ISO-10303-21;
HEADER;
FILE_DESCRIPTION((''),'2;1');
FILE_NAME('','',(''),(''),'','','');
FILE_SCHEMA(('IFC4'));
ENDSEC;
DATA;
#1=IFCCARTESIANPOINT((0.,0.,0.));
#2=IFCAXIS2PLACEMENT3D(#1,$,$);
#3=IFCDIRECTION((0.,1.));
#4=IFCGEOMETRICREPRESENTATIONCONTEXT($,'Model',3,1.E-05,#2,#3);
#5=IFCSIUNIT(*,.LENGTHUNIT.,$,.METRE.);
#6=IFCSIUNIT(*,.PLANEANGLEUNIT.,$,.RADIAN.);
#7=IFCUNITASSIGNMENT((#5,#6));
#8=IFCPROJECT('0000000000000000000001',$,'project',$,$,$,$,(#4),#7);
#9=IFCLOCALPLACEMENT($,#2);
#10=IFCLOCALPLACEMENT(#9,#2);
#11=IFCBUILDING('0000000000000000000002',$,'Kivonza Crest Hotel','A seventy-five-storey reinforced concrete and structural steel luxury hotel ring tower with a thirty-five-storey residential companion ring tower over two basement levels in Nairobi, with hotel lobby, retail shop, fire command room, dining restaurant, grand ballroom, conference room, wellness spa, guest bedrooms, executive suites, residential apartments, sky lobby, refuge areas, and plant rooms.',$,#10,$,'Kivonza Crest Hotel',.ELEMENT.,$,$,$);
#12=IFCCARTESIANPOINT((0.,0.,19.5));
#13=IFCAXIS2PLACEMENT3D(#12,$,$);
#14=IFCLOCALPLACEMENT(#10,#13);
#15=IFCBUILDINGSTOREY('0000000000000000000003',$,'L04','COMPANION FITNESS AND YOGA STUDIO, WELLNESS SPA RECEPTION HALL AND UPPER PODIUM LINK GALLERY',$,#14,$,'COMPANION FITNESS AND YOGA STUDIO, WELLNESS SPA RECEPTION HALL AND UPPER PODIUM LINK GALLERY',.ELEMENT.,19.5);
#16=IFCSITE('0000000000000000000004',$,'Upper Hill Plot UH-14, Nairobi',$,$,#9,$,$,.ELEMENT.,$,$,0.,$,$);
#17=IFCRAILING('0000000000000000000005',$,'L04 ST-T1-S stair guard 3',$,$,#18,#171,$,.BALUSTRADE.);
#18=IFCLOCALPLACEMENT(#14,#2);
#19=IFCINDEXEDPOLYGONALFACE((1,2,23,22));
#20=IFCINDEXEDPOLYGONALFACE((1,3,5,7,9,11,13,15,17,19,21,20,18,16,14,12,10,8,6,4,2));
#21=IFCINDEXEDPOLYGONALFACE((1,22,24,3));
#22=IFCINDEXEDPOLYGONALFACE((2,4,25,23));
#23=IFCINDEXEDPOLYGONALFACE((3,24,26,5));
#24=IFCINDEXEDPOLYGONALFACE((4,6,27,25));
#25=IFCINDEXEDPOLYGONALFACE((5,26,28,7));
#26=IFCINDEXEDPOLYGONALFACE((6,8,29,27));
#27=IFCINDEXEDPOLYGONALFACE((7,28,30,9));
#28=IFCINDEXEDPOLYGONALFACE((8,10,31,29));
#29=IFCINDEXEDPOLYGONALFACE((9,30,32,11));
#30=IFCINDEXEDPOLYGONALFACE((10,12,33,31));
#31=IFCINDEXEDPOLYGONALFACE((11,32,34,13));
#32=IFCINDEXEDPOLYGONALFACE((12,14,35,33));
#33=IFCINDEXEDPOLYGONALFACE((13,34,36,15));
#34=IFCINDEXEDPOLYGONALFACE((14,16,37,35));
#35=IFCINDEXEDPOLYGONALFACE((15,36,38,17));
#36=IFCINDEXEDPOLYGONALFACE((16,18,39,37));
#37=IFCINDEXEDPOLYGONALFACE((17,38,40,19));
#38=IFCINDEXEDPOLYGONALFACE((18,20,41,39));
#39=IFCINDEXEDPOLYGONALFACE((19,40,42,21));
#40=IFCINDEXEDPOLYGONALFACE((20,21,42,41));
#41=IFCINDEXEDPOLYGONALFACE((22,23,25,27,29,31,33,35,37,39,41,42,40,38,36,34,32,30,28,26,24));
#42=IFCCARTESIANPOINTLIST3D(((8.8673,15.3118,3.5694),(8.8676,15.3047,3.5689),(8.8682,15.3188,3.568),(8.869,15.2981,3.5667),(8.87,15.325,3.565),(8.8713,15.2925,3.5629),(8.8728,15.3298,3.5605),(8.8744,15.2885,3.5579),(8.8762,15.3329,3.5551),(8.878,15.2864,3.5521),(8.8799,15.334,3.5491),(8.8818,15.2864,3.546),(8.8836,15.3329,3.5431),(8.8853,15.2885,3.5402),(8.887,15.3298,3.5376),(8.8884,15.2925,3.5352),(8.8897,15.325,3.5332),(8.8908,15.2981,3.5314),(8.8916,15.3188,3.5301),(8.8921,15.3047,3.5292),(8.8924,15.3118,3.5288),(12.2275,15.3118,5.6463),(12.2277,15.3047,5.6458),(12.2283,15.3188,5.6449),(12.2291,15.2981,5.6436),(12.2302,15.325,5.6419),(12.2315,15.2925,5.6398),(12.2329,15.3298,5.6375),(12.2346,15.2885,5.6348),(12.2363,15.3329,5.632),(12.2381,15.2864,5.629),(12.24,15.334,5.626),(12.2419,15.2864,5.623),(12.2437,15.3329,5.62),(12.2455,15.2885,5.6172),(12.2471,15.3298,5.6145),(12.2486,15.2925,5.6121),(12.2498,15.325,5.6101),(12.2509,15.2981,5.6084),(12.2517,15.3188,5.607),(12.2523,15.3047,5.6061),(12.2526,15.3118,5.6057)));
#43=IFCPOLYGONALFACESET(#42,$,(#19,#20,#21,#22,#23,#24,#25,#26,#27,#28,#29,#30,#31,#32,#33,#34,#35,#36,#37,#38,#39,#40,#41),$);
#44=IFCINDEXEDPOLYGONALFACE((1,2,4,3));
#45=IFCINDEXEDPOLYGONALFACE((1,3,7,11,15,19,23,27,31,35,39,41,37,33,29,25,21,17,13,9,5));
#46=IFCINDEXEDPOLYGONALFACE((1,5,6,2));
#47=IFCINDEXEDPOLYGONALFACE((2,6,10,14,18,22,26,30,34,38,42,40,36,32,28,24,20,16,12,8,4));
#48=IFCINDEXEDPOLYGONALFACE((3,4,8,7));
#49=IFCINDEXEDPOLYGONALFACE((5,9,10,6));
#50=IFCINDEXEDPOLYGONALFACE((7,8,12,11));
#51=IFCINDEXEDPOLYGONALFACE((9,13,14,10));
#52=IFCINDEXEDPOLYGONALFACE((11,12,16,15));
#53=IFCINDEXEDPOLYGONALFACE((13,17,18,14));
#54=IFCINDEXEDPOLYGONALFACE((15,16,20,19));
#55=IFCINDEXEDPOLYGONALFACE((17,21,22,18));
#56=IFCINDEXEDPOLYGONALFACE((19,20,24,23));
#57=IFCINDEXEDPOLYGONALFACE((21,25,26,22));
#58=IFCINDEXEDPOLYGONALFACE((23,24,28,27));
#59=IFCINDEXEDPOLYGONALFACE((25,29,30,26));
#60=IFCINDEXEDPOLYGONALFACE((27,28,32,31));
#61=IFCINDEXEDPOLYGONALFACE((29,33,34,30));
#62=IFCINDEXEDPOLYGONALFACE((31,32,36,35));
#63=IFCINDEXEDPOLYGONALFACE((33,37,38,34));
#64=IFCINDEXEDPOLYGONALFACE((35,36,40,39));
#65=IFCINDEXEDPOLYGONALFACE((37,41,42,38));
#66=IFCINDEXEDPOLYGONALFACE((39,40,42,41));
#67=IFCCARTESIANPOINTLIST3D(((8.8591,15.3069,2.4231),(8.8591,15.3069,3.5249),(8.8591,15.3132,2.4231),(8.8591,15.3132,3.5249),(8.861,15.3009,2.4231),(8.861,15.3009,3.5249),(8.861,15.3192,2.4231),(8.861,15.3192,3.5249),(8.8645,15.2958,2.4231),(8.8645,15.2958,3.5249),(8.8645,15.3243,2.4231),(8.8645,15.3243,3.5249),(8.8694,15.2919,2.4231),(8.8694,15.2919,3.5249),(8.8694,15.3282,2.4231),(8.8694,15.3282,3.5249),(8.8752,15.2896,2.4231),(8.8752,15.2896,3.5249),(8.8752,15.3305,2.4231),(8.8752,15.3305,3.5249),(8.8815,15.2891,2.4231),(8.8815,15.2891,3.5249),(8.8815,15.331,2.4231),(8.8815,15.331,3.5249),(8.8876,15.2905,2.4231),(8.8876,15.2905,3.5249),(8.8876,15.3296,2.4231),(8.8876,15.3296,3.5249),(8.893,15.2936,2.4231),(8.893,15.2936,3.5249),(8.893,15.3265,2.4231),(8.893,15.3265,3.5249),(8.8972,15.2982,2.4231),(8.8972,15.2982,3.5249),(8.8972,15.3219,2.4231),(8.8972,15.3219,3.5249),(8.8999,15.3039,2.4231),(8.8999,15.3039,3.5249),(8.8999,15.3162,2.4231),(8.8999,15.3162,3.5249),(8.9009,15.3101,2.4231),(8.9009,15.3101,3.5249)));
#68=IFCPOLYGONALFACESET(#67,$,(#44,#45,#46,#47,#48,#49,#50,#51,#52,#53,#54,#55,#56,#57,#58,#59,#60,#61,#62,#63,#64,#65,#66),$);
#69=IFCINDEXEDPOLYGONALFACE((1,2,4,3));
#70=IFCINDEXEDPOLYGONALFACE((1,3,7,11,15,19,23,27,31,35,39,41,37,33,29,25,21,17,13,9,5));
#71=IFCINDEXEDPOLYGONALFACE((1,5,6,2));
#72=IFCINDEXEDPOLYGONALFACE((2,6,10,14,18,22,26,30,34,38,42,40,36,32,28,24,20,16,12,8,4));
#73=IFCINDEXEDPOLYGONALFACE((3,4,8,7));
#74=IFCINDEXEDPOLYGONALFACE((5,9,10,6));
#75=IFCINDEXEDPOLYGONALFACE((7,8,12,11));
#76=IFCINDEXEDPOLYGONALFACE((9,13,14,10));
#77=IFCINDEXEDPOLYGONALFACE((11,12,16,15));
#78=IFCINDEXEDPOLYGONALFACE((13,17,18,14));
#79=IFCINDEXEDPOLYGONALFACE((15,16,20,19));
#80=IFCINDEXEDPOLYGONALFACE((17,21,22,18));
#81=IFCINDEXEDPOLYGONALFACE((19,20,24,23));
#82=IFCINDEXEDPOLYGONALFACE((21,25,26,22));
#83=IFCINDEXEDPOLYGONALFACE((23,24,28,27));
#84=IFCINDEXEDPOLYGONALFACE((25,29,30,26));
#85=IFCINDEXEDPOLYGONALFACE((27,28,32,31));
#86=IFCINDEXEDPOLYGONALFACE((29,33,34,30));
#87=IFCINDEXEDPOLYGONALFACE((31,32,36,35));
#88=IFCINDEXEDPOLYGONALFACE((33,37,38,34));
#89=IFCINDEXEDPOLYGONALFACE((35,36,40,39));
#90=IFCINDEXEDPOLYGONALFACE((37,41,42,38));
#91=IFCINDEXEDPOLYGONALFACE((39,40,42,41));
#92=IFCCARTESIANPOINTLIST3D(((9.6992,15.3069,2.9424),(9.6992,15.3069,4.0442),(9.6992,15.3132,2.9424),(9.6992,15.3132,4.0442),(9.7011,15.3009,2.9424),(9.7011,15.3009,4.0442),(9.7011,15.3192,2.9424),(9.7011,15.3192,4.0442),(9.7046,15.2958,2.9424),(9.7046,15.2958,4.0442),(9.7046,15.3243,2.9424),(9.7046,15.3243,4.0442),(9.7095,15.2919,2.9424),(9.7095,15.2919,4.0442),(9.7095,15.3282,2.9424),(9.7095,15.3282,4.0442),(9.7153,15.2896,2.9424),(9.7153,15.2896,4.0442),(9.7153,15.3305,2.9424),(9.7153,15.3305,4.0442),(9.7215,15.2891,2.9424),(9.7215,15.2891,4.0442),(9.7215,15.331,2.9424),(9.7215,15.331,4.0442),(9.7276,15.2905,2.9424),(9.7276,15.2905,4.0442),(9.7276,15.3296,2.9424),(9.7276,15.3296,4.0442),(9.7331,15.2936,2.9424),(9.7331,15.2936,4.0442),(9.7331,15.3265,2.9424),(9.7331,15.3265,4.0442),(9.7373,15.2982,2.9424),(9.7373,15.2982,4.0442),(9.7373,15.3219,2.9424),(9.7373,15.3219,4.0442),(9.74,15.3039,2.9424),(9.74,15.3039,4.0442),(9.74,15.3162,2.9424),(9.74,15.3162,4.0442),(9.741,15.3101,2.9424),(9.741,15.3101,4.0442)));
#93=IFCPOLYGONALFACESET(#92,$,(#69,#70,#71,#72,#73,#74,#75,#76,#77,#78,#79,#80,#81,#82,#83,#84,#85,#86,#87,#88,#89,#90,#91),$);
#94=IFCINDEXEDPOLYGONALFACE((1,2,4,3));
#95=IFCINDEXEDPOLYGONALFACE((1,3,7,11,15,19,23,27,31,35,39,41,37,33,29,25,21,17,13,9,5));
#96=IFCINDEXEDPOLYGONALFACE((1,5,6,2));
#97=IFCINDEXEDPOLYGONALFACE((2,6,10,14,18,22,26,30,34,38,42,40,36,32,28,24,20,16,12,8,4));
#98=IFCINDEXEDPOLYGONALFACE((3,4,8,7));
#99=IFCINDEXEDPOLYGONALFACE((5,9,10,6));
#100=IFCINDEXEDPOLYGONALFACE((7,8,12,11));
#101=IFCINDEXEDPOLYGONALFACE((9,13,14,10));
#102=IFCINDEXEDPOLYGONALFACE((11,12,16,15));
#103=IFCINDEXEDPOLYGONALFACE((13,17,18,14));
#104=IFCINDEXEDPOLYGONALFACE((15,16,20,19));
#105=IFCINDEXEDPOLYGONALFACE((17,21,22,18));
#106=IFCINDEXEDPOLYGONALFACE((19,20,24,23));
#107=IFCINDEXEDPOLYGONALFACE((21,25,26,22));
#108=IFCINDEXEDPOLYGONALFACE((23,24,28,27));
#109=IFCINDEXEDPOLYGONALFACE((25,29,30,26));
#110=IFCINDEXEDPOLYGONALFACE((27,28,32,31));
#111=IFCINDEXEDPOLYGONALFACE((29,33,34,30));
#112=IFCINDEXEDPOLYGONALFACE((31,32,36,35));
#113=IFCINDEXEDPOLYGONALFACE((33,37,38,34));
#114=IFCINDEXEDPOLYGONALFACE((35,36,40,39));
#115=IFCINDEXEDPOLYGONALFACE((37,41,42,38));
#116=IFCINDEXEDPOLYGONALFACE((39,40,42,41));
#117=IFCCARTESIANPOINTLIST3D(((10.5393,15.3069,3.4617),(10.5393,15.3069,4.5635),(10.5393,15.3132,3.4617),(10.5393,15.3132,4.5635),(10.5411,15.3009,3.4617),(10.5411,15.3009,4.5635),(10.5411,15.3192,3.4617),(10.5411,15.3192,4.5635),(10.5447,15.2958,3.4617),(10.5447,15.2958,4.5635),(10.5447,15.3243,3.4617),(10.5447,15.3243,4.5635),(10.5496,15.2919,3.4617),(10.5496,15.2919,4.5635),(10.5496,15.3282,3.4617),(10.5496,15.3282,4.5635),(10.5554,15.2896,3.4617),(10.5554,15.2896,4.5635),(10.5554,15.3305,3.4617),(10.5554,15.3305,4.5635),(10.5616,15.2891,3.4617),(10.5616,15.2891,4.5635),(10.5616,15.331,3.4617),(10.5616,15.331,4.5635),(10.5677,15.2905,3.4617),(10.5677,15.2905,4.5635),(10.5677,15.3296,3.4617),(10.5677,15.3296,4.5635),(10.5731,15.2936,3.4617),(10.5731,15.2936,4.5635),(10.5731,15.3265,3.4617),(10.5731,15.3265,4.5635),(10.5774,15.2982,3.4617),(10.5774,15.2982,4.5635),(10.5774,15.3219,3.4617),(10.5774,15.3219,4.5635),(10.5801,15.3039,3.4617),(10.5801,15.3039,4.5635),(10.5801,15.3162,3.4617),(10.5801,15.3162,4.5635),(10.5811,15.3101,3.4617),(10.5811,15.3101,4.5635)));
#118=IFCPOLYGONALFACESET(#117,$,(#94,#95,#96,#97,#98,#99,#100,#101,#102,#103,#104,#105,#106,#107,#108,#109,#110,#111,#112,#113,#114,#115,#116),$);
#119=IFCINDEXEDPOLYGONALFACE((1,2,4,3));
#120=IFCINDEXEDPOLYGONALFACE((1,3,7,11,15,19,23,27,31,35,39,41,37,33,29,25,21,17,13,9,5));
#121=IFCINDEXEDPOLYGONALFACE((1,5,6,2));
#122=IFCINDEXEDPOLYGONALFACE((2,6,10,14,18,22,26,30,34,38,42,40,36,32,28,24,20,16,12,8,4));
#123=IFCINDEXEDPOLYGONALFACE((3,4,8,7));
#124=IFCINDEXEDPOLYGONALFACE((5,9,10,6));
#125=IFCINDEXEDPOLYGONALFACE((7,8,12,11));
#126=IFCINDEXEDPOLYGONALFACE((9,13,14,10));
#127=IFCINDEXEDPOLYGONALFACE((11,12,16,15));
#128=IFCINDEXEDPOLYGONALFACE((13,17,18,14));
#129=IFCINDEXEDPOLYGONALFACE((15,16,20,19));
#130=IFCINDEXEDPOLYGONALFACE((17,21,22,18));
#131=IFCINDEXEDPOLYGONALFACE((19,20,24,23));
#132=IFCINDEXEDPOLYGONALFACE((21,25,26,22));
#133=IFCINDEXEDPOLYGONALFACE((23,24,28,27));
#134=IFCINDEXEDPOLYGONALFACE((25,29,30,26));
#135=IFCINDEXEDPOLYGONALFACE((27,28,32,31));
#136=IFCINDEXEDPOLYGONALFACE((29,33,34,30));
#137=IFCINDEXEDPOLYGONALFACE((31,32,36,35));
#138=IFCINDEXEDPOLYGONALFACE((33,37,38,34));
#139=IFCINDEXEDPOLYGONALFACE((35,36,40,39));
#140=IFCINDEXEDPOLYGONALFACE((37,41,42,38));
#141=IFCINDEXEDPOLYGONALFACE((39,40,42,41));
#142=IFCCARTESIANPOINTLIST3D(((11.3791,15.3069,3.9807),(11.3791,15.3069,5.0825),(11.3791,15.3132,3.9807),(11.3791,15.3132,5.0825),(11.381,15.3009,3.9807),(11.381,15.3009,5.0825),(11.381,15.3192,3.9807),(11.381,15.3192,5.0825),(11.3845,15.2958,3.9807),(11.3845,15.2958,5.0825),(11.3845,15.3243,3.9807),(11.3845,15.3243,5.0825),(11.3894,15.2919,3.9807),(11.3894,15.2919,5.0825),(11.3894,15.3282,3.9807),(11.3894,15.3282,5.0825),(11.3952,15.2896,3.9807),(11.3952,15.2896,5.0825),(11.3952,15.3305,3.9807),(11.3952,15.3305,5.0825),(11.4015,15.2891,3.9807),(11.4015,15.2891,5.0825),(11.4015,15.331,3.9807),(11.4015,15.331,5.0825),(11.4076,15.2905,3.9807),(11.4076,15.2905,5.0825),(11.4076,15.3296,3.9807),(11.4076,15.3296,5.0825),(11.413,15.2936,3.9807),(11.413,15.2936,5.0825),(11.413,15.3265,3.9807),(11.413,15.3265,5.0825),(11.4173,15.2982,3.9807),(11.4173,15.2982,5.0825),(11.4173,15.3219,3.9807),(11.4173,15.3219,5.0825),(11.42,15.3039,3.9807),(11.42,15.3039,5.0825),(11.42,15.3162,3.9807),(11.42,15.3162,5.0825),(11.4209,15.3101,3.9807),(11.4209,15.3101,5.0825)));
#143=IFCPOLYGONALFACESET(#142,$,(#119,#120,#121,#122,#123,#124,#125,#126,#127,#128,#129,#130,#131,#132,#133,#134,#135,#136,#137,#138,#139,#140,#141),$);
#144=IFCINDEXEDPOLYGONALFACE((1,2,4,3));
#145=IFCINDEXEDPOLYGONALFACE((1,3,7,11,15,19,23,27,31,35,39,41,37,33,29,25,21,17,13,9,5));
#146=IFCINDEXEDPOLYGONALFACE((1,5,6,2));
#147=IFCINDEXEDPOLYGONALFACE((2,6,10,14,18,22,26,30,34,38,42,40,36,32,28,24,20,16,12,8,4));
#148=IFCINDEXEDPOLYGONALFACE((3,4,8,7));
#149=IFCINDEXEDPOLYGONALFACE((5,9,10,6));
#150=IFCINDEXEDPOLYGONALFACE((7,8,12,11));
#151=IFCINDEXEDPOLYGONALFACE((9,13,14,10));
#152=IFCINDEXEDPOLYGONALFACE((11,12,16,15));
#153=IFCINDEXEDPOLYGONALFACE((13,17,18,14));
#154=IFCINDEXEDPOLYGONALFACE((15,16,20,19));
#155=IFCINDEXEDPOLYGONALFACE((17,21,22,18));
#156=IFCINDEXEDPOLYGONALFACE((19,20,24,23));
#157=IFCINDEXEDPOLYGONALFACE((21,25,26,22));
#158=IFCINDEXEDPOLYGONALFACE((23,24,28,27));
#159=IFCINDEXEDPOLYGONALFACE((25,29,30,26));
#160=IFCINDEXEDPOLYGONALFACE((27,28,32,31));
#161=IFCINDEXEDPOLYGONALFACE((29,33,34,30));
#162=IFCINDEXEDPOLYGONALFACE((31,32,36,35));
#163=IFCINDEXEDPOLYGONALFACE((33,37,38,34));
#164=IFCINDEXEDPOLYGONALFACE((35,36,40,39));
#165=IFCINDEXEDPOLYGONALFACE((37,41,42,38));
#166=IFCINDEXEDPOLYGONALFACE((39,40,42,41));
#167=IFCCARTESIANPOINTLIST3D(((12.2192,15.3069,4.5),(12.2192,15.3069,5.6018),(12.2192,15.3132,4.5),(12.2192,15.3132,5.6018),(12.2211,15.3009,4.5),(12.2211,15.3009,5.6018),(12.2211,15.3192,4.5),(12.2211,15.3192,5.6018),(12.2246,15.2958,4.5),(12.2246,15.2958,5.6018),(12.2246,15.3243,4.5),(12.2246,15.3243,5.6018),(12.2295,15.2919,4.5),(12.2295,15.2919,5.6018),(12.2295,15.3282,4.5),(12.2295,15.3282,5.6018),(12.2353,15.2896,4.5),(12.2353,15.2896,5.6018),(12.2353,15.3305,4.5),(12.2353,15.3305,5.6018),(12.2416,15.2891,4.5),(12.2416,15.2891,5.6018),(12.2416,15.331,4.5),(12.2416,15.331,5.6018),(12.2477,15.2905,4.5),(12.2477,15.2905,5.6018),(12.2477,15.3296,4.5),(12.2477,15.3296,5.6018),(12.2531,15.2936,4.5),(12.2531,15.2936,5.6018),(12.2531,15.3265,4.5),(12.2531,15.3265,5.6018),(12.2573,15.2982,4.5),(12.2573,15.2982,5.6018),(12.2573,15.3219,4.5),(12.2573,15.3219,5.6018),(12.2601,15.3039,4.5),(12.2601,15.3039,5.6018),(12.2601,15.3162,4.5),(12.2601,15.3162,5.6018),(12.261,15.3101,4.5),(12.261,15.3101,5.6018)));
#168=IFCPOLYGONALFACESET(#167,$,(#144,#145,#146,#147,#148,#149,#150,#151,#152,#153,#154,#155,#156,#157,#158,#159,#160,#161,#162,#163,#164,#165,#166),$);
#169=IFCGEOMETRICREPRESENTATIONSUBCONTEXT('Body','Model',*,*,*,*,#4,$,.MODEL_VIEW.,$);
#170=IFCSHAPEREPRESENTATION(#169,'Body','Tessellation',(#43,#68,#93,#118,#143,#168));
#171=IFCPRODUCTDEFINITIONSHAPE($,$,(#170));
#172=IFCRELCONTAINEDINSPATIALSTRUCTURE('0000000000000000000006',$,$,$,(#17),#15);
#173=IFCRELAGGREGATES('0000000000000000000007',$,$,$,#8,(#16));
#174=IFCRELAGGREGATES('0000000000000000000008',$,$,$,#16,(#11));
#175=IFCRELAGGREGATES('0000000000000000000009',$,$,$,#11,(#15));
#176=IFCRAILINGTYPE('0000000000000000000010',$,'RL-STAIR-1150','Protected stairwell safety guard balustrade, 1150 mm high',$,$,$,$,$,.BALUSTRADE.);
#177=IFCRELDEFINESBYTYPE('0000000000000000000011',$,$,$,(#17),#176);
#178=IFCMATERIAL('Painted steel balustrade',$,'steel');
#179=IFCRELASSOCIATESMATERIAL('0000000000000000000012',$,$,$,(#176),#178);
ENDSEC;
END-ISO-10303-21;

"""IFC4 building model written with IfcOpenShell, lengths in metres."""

from ifc_helpers import new_model, si_unit, direction, frame, origin, origin_2d, place, context, subcontext, project, spatial, circle, extrude, material, type_object, element, save


model = new_model("IFC4")

# Units and contexts
model_context = context("Model", 3, precision=1e-05, world=origin(), true_north=direction((0.0, 1.0)))
body_context = subcontext(model_context, "Body", "Model", "MODEL_VIEW")
ifc_project = project(units=[si_unit("LENGTHUNIT", "METRE"), si_unit("PLANEANGLEUNIT", "RADIAN")], contexts=[model_context])

# Site, building, storey
site_placement = place(None, origin())
site = spatial("IfcSite", under=ifc_project, at=site_placement, Name="Upper Hill Plot UH-14, Nairobi", CompositionType="ELEMENT", RefElevation=0.0)
building_placement = place(site_placement, origin())
building = spatial("IfcBuilding", under=site, at=building_placement, Name="Kivonza Crest Hotel", Description="A seventy-five-storey reinforced concrete and structural steel luxury hotel ring tower with a thirty-five-storey residential companion ring tower over two basement levels in Nairobi, with hotel lobby, retail shop, fire command room, dining restaurant, grand ballroom, conference room, wellness spa, guest bedrooms, executive suites, residential apartments, sky lobby, refuge areas, and plant rooms.", LongName="Kivonza Crest Hotel", CompositionType="ELEMENT")
storey_placement = place(building_placement, frame((0.0, 0.0, 19.5)))
storey = spatial("IfcBuildingStorey", under=building, at=storey_placement, Name="L04", Description="COMPANION FITNESS AND YOGA STUDIO, WELLNESS SPA RECEPTION HALL AND UPPER PODIUM LINK GALLERY", LongName="COMPANION FITNESS AND YOGA STUDIO, WELLNESS SPA RECEPTION HALL AND UPPER PODIUM LINK GALLERY", CompositionType="ELEMENT", Elevation=19.5)

# Railing
ifc_material_1 = material(Name="Painted steel balustrade", Category="steel")
railing_type_1 = type_object("IfcRailingType", Name="RL-STAIR-1150", Description="Protected stairwell safety guard balustrade, 1150 mm high", PredefinedType="BALUSTRADE", material=ifc_material_1)
railing_1_placement = place(storey_placement, frame((8.8799, 15.3101, 2.4231)))
element("IfcRailing", 1, at=railing_1_placement, inside=storey, type_object=railing_type_1, Name="L04 ST-T1-S stair guard 3", PredefinedType="BALUSTRADE", context=body_context, shape_type="SweptSolid", body=[
    extrude(circle(Radius=0.0239, at=origin_2d()), frame((0.0, 0.0, 1.126), z_axis=(0.850623, 0.0, 0.525776), x_axis=(0.0, 1.0, 0.0)), (0.0, 0.0, 1.0), 3.9502),
    extrude(circle(Radius=0.021, at=origin_2d()), origin(), (0.0, 0.0, 1.0), 1.1018),
    extrude(circle(Radius=0.021, at=origin_2d()), frame((0.8401, 0.0, 0.5193)), (0.0, 0.0, 1.0), 1.1018),
    extrude(circle(Radius=0.021, at=origin_2d()), frame((1.6802, 0.0, 1.0386)), (0.0, 0.0, 1.0), 1.1018),
    extrude(circle(Radius=0.021, at=origin_2d()), frame((2.52, 0.0, 1.5576)), (0.0, 0.0, 1.0), 1.1018),
    extrude(circle(Radius=0.021, at=origin_2d()), frame((3.3601, 0.0, 2.0769)), (0.0, 0.0, 1.0), 1.1018),
])

save(model, "model.ifc")
